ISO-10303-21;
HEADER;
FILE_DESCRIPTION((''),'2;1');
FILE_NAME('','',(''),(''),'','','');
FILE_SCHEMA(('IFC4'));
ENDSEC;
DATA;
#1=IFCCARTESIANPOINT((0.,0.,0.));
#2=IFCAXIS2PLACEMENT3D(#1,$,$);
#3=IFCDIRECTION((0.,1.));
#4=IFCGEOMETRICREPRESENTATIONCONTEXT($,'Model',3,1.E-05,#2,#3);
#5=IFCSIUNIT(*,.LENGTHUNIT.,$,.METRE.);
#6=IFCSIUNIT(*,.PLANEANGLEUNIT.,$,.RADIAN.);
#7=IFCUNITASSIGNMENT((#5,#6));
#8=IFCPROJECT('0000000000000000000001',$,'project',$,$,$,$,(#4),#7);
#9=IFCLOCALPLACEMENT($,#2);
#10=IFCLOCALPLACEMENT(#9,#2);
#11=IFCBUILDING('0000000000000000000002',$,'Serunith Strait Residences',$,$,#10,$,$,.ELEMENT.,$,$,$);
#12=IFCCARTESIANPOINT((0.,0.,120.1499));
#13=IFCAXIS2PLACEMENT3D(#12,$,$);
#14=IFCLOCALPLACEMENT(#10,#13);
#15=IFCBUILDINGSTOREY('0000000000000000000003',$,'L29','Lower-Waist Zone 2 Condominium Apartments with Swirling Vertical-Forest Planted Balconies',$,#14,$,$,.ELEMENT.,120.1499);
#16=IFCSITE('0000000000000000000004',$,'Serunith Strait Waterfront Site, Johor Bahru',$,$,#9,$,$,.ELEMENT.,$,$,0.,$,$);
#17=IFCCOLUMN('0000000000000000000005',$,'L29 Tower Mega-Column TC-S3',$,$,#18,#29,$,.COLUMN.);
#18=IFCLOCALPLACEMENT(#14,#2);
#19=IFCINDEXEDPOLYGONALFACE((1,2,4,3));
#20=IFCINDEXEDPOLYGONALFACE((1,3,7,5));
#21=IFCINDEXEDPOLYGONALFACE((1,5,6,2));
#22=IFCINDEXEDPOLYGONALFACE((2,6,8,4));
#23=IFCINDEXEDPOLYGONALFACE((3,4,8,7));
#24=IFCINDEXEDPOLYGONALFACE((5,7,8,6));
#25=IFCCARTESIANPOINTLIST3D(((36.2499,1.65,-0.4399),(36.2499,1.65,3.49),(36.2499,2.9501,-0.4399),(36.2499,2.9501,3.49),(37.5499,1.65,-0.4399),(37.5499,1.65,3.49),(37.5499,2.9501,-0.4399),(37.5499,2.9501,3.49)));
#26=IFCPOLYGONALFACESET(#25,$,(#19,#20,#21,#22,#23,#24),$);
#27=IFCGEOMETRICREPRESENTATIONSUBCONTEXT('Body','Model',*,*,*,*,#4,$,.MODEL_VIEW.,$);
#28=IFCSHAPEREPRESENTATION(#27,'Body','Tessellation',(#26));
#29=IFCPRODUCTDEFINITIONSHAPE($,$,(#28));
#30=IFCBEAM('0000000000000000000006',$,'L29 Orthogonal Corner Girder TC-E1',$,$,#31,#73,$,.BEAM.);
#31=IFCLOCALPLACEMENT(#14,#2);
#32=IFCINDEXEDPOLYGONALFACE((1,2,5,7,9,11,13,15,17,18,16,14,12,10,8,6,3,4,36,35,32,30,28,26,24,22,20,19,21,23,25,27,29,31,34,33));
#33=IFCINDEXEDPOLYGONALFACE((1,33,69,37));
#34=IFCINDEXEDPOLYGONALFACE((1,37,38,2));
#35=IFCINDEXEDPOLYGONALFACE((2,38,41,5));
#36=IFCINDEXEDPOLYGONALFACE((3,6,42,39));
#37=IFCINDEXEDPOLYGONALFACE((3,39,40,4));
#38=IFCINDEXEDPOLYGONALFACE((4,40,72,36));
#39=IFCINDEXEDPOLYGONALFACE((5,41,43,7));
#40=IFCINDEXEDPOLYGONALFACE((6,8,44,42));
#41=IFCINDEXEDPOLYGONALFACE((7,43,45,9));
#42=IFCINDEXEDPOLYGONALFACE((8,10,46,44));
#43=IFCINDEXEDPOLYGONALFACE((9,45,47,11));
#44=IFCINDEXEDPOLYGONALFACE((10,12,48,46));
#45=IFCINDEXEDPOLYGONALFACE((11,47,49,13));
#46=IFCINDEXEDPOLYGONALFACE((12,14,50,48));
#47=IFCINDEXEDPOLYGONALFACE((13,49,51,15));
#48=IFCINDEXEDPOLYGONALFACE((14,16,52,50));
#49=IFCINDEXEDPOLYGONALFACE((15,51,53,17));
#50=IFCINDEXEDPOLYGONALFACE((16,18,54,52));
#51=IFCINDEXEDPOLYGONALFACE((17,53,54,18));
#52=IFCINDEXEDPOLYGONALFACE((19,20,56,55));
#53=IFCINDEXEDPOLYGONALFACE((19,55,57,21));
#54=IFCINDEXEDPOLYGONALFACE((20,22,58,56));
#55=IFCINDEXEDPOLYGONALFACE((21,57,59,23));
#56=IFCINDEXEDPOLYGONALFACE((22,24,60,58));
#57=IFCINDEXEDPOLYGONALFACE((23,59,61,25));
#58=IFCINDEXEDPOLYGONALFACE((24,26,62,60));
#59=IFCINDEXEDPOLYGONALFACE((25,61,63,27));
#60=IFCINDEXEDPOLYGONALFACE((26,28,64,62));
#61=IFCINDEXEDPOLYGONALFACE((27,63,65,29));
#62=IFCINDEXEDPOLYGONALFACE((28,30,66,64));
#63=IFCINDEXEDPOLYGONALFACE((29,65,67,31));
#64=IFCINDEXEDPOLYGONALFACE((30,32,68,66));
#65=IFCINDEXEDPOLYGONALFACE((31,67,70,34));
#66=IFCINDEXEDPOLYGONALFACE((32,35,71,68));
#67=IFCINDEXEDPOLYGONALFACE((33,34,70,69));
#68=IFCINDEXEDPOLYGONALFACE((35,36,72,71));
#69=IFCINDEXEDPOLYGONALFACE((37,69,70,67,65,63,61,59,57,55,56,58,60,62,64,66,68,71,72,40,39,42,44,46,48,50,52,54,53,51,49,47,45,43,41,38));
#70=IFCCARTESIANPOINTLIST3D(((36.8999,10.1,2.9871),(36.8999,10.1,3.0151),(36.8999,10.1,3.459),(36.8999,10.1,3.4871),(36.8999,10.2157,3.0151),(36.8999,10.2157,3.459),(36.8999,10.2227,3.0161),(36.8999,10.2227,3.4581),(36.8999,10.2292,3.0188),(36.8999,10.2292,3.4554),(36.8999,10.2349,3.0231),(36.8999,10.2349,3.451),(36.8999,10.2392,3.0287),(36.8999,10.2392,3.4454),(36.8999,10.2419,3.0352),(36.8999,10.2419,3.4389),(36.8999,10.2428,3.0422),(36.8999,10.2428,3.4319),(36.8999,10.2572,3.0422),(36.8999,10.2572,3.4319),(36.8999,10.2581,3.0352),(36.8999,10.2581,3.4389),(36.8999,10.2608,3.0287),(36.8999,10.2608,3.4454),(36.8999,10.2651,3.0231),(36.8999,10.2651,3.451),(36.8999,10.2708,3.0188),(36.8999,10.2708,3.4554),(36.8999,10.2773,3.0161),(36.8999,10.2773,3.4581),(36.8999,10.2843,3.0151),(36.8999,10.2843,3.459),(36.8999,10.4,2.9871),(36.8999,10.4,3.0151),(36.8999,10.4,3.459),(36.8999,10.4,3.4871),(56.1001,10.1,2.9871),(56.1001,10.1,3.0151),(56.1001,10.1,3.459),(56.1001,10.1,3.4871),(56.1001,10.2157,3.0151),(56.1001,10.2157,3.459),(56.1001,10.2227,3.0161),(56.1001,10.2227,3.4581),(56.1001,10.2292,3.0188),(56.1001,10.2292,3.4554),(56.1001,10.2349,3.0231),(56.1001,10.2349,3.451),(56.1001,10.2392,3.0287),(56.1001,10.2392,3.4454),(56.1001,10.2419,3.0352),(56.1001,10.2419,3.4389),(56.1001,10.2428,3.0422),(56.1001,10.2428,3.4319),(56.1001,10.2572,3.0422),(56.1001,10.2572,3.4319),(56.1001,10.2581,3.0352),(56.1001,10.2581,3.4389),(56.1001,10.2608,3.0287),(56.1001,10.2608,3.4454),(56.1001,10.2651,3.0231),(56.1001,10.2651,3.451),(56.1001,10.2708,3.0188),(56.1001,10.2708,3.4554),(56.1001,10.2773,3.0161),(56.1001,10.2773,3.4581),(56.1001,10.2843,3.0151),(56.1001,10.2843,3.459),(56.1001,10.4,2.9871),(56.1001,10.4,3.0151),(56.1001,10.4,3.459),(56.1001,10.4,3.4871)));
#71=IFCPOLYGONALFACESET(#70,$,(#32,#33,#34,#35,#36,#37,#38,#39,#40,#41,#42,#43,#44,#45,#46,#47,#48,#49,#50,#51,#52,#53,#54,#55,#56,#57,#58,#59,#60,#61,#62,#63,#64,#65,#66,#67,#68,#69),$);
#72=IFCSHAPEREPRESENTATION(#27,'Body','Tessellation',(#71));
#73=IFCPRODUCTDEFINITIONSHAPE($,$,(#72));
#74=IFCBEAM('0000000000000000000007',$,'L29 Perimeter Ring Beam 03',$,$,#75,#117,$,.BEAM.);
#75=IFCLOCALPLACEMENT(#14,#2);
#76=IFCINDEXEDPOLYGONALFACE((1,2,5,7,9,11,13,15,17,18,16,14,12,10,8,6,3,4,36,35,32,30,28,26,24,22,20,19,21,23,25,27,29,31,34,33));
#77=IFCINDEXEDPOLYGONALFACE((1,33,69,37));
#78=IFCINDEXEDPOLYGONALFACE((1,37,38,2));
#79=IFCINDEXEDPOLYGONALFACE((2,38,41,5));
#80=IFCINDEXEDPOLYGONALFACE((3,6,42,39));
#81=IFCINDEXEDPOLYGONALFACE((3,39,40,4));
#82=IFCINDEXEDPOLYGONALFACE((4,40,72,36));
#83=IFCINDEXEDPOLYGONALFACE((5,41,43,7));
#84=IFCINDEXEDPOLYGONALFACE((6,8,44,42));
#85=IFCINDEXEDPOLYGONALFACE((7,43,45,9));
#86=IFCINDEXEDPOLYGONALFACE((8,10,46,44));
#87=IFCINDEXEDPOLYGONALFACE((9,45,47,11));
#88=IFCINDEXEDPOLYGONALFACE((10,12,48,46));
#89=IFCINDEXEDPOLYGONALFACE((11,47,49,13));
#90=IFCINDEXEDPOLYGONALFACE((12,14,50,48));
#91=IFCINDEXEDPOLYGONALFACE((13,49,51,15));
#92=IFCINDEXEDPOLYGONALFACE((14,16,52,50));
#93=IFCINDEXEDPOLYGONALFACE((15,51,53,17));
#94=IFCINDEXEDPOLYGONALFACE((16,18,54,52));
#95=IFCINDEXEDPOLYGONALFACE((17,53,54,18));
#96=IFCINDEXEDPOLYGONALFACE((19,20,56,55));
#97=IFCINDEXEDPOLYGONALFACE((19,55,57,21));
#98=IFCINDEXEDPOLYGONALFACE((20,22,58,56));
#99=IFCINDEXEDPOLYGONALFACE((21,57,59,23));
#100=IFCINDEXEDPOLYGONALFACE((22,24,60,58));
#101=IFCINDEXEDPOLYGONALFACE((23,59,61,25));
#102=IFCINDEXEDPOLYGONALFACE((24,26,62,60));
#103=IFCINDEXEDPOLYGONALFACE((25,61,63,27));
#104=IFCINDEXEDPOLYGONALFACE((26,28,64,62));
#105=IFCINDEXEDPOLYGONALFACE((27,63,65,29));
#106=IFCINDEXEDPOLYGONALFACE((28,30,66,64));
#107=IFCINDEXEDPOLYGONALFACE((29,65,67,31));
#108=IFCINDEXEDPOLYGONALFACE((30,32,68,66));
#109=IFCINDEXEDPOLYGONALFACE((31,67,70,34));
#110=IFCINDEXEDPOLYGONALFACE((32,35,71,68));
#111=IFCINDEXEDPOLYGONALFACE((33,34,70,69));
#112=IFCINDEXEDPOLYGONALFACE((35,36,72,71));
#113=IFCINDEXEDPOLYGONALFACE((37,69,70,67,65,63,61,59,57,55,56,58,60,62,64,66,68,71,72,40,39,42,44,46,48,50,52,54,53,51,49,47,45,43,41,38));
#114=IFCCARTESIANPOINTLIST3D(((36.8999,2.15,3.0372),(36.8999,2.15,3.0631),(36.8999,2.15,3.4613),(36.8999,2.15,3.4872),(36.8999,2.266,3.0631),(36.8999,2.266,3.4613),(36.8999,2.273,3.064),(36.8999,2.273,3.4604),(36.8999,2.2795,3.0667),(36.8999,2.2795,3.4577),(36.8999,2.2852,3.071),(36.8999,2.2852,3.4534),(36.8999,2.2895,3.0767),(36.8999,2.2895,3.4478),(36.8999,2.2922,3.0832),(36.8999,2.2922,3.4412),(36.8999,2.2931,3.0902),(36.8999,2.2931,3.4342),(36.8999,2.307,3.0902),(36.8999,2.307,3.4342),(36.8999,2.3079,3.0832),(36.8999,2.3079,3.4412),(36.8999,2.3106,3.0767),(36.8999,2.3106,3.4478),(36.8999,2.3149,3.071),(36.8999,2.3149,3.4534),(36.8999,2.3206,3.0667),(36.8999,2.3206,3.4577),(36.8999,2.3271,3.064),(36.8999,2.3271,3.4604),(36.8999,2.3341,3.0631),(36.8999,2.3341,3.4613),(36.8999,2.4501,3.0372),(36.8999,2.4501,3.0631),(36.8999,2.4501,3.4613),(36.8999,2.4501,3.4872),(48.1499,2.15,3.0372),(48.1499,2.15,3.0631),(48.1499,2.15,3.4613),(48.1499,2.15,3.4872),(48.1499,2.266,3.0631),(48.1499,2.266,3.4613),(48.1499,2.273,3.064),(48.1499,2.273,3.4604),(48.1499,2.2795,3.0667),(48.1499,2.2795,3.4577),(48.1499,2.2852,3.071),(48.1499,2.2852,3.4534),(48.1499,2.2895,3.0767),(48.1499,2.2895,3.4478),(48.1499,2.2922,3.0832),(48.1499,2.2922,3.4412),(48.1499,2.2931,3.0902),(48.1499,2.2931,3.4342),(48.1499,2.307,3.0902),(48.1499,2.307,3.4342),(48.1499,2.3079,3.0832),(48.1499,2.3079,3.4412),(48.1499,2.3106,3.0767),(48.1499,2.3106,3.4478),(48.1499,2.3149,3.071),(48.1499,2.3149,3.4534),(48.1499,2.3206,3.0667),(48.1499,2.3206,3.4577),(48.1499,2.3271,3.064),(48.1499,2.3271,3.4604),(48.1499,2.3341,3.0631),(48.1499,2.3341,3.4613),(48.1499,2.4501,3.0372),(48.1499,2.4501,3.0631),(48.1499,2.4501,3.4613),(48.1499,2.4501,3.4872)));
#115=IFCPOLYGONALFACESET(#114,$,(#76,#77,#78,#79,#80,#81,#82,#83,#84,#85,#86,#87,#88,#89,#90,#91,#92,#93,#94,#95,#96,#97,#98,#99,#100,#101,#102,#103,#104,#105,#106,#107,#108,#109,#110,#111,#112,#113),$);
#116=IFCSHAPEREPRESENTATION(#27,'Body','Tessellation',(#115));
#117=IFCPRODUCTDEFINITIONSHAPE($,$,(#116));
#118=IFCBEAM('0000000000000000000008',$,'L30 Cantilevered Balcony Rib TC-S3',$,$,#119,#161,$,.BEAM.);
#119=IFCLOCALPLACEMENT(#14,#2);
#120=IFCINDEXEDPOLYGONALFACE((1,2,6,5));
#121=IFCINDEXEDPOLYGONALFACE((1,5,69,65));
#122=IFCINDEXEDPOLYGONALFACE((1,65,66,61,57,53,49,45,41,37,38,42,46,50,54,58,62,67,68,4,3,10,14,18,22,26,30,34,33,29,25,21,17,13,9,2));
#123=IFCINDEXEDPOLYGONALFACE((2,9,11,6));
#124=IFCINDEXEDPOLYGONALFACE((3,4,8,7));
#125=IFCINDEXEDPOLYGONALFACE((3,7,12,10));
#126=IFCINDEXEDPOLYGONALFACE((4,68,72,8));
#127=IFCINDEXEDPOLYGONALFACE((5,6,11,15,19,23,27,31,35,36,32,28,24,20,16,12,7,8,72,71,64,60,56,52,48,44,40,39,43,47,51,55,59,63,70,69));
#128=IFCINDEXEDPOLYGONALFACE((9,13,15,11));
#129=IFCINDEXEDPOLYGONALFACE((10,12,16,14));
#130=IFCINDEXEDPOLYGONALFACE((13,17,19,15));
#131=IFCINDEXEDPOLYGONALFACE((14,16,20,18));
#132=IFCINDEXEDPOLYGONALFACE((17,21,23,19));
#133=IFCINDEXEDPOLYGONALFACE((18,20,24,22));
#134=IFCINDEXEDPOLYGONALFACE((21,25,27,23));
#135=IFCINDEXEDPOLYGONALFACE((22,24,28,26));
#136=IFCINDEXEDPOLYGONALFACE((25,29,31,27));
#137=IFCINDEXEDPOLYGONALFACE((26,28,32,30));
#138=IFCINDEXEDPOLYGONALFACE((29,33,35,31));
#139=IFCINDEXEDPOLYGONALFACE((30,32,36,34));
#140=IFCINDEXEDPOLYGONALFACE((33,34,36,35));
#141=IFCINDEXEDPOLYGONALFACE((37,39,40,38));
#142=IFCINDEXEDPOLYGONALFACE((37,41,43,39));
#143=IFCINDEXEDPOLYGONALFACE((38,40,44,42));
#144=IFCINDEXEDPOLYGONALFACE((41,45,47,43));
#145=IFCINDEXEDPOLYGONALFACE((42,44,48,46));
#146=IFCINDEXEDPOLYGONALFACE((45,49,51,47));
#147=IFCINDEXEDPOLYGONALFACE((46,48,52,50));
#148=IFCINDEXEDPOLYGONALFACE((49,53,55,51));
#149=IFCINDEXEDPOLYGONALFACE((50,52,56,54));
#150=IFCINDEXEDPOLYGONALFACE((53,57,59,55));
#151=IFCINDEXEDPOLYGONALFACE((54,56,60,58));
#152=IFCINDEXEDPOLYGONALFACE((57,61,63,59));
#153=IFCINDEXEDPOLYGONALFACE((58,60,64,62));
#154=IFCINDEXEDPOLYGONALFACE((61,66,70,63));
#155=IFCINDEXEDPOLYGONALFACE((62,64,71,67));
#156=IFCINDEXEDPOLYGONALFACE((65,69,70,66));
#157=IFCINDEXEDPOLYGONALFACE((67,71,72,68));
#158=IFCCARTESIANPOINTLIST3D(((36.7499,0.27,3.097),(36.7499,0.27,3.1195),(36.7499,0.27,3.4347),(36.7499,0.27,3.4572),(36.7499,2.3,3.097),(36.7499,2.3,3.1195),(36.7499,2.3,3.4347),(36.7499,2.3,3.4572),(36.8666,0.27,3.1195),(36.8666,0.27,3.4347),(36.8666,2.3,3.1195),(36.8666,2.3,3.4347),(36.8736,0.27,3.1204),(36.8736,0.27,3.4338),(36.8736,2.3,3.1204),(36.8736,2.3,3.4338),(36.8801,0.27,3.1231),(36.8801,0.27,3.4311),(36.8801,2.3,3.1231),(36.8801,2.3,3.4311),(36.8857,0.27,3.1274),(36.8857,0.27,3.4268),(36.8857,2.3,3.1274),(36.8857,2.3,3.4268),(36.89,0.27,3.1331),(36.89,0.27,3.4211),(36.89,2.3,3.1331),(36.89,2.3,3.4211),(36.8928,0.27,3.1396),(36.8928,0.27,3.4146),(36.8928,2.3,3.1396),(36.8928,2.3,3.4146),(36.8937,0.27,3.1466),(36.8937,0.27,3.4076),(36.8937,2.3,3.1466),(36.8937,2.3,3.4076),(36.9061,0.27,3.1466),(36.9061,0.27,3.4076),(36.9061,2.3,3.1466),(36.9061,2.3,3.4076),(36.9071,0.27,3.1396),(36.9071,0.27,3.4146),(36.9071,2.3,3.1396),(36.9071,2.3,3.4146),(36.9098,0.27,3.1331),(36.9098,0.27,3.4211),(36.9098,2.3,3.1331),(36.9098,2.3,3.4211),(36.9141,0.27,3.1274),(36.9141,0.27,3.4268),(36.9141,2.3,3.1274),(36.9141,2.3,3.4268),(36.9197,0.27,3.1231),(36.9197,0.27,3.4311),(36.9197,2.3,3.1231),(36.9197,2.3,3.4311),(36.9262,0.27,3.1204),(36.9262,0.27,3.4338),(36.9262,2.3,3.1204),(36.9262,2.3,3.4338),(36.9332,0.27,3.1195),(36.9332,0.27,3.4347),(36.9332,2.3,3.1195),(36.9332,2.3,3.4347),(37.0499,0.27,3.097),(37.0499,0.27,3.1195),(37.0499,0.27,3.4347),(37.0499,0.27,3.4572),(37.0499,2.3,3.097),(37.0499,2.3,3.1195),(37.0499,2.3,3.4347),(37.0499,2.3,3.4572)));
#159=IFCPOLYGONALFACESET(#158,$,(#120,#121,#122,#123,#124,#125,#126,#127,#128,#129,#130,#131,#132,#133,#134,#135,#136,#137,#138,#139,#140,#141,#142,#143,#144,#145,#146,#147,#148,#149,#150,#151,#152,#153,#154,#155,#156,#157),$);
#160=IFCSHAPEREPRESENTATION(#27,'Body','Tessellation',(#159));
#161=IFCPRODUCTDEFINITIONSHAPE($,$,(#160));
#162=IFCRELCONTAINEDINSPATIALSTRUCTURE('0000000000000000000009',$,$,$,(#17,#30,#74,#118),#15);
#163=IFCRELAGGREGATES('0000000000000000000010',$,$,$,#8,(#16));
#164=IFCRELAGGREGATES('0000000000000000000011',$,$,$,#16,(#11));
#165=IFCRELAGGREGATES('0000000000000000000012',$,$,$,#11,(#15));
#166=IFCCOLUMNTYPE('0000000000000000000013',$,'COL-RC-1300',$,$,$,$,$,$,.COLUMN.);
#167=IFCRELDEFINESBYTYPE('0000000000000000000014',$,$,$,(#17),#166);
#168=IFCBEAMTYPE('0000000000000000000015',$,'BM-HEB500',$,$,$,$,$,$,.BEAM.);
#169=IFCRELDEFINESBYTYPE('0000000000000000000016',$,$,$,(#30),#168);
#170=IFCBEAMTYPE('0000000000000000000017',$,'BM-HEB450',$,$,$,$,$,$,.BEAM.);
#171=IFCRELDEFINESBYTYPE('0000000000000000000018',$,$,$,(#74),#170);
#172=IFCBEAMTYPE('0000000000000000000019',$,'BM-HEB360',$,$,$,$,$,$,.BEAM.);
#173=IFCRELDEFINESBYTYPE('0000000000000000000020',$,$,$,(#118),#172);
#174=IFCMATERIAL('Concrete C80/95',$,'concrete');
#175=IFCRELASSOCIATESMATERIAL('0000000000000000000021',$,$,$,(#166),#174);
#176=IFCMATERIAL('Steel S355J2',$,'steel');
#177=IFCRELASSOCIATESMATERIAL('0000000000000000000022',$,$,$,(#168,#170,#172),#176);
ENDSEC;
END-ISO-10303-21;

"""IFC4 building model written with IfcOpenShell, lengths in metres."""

from ifc_helpers import new_model, si_unit, direction, frame, origin, origin_2d, place, context, subcontext, project, spatial, rectangle, i_section, extrude, source, transform, mapped, material, material_profile, profile_set, type_object, element, save


model = new_model("IFC4")

# Units and contexts
model_context = context("Model", 3, precision=1e-05, world=origin(), true_north=direction((0.0, 1.0)))
body_context = subcontext(model_context, "Body", "Model", "MODEL_VIEW")
ifc_project = project(units=[si_unit("LENGTHUNIT", "METRE"), si_unit("PLANEANGLEUNIT", "RADIAN")], contexts=[model_context])

# Site, building, storey
site_placement = place(None, origin())
site = spatial("IfcSite", under=ifc_project, at=site_placement, Name="Serunith Strait Waterfront Site, Johor Bahru", CompositionType="ELEMENT", RefElevation=0.0)
building_placement = place(site_placement, origin())
building = spatial("IfcBuilding", under=site, at=building_placement, Name="Serunith Strait Residences", CompositionType="ELEMENT")
storey_placement = place(building_placement, frame((0.0, 0.0, 120.1499)))
storey = spatial("IfcBuildingStorey", under=building, at=storey_placement, Name="L29", Description="Lower-Waist Zone 2 Condominium Apartments with Swirling Vertical-Forest Planted Balconies", CompositionType="ELEMENT", Elevation=120.1499)

# Column
ifc_material_1 = material(Name="Concrete C80/95", Category="concrete")
ifc_material_profile_1 = material_profile(ifc_material_1, rectangle(XDim=1.3, YDim=1.3, at=origin_2d()), Name="RC 1300x1300")
ifc_profile_set_1 = profile_set([ifc_material_profile_1], Name="Concrete C80/95")
column_type = type_object("IfcColumnType", Name="COL-RC-1300", PredefinedType="COLUMN", material=ifc_profile_set_1)
shared_shape_1 = source(origin(), body_context, "Body", "SweptSolid", [
    extrude(rectangle(XDim=1.3, YDim=1.3, at=origin_2d()), origin(), (0.0, 0.0, 1.0), 3.9299),
])
column_placement = place(storey_placement, frame((36.8999, 2.3, -0.4399), z_axis=(0.0, 0.0, 1.0), x_axis=(1.0, 0.0, 0.0)))
element("IfcColumn", 1, at=column_placement, inside=storey, type_object=column_type, Name="L29 Tower Mega-Column TC-S3", PredefinedType="COLUMN", context=body_context, shape_type="MappedRepresentation", body=[
    mapped(shared_shape_1, transform((0.0, 0.0, 0.0), scale=1.0)),
])

# Beams
ifc_material_2 = material(Name="Steel S355J2", Category="steel")
ifc_material_profile_2 = material_profile(ifc_material_2, i_section(OverallWidth=0.3, OverallDepth=0.5, WebThickness=0.0144, FlangeThickness=0.0281, FilletRadius=0.0271, at=origin_2d()), Name="HEB 500")
ifc_profile_set_2 = profile_set([ifc_material_profile_2], Name="Steel S355J2")
beam_type_1 = type_object("IfcBeamType", Name="BM-HEB500", PredefinedType="BEAM", material=ifc_profile_set_2)
shared_shape_2 = source(origin(), body_context, "Body", "SweptSolid", [
    extrude(i_section(OverallWidth=0.3, OverallDepth=0.5, WebThickness=0.0144, FlangeThickness=0.0281, FilletRadius=0.0271, at=origin_2d()), origin(), (0.0, 0.0, 1.0), 19.2002),
])
beam_1_placement = place(storey_placement, frame((36.8999, 10.25, 3.2371), z_axis=(1.0, 0.0, 0.0), x_axis=(0.0, 1.0, 0.0)))
element("IfcBeam", 2, at=beam_1_placement, inside=storey, type_object=beam_type_1, Name="L29 Orthogonal Corner Girder TC-E1", PredefinedType="BEAM", context=body_context, shape_type="MappedRepresentation", body=[
    mapped(shared_shape_2, transform((0.0, 0.0, 0.0), scale=1.0)),
])
ifc_material_profile_3 = material_profile(ifc_material_2, i_section(OverallWidth=0.3, OverallDepth=0.45, WebThickness=0.0139, FlangeThickness=0.0259, FilletRadius=0.0271, at=origin_2d()), Name="HEB 450")
ifc_profile_set_3 = profile_set([ifc_material_profile_3], Name="Steel S355J2")
beam_type_2 = type_object("IfcBeamType", Name="BM-HEB450", PredefinedType="BEAM", material=ifc_profile_set_3)
shared_shape_3 = source(origin(), body_context, "Body", "SweptSolid", [
    extrude(i_section(OverallWidth=0.3, OverallDepth=0.45, WebThickness=0.0139, FlangeThickness=0.0259, FilletRadius=0.0271, at=origin_2d()), origin(), (0.0, 0.0, 1.0), 11.25),
])
beam_2_placement = place(storey_placement, frame((36.8999, 2.3, 3.2622), z_axis=(1.0, 0.0, 0.0), x_axis=(0.0, 1.0, 0.0)))
element("IfcBeam", 3, at=beam_2_placement, inside=storey, type_object=beam_type_2, Name="L29 Perimeter Ring Beam 03", PredefinedType="BEAM", context=body_context, shape_type="MappedRepresentation", body=[
    mapped(shared_shape_3, transform((0.0, 0.0, 0.0), scale=1.0)),
])
ifc_material_profile_4 = material_profile(ifc_material_2, i_section(OverallWidth=0.3, OverallDepth=0.3601, WebThickness=0.0125, FlangeThickness=0.0225, FilletRadius=0.0271, at=origin_2d()), Name="HEB 360")
ifc_profile_set_4 = profile_set([ifc_material_profile_4], Name="Steel S355J2")
beam_type_3 = type_object("IfcBeamType", Name="BM-HEB360", PredefinedType="BEAM", material=ifc_profile_set_4)
shared_shape_4 = source(origin(), body_context, "Body", "SweptSolid", [
    extrude(i_section(OverallWidth=0.3, OverallDepth=0.3601, WebThickness=0.0125, FlangeThickness=0.0225, FilletRadius=0.0271, at=origin_2d()), origin(), (0.0, 0.0, 1.0), 2.03),
])
beam_3_placement = place(storey_placement, frame((36.8999, 2.3, 3.2771), z_axis=(0.0, -1.0, 0.0), x_axis=(1.0, 0.0, 0.0)))
element("IfcBeam", 4, at=beam_3_placement, inside=storey, type_object=beam_type_3, Name="L30 Cantilevered Balcony Rib TC-S3", PredefinedType="BEAM", context=body_context, shape_type="MappedRepresentation", body=[
    mapped(shared_shape_4, transform((0.0, 0.0, 0.0), scale=1.0)),
])

save(model, "model.ifc")
